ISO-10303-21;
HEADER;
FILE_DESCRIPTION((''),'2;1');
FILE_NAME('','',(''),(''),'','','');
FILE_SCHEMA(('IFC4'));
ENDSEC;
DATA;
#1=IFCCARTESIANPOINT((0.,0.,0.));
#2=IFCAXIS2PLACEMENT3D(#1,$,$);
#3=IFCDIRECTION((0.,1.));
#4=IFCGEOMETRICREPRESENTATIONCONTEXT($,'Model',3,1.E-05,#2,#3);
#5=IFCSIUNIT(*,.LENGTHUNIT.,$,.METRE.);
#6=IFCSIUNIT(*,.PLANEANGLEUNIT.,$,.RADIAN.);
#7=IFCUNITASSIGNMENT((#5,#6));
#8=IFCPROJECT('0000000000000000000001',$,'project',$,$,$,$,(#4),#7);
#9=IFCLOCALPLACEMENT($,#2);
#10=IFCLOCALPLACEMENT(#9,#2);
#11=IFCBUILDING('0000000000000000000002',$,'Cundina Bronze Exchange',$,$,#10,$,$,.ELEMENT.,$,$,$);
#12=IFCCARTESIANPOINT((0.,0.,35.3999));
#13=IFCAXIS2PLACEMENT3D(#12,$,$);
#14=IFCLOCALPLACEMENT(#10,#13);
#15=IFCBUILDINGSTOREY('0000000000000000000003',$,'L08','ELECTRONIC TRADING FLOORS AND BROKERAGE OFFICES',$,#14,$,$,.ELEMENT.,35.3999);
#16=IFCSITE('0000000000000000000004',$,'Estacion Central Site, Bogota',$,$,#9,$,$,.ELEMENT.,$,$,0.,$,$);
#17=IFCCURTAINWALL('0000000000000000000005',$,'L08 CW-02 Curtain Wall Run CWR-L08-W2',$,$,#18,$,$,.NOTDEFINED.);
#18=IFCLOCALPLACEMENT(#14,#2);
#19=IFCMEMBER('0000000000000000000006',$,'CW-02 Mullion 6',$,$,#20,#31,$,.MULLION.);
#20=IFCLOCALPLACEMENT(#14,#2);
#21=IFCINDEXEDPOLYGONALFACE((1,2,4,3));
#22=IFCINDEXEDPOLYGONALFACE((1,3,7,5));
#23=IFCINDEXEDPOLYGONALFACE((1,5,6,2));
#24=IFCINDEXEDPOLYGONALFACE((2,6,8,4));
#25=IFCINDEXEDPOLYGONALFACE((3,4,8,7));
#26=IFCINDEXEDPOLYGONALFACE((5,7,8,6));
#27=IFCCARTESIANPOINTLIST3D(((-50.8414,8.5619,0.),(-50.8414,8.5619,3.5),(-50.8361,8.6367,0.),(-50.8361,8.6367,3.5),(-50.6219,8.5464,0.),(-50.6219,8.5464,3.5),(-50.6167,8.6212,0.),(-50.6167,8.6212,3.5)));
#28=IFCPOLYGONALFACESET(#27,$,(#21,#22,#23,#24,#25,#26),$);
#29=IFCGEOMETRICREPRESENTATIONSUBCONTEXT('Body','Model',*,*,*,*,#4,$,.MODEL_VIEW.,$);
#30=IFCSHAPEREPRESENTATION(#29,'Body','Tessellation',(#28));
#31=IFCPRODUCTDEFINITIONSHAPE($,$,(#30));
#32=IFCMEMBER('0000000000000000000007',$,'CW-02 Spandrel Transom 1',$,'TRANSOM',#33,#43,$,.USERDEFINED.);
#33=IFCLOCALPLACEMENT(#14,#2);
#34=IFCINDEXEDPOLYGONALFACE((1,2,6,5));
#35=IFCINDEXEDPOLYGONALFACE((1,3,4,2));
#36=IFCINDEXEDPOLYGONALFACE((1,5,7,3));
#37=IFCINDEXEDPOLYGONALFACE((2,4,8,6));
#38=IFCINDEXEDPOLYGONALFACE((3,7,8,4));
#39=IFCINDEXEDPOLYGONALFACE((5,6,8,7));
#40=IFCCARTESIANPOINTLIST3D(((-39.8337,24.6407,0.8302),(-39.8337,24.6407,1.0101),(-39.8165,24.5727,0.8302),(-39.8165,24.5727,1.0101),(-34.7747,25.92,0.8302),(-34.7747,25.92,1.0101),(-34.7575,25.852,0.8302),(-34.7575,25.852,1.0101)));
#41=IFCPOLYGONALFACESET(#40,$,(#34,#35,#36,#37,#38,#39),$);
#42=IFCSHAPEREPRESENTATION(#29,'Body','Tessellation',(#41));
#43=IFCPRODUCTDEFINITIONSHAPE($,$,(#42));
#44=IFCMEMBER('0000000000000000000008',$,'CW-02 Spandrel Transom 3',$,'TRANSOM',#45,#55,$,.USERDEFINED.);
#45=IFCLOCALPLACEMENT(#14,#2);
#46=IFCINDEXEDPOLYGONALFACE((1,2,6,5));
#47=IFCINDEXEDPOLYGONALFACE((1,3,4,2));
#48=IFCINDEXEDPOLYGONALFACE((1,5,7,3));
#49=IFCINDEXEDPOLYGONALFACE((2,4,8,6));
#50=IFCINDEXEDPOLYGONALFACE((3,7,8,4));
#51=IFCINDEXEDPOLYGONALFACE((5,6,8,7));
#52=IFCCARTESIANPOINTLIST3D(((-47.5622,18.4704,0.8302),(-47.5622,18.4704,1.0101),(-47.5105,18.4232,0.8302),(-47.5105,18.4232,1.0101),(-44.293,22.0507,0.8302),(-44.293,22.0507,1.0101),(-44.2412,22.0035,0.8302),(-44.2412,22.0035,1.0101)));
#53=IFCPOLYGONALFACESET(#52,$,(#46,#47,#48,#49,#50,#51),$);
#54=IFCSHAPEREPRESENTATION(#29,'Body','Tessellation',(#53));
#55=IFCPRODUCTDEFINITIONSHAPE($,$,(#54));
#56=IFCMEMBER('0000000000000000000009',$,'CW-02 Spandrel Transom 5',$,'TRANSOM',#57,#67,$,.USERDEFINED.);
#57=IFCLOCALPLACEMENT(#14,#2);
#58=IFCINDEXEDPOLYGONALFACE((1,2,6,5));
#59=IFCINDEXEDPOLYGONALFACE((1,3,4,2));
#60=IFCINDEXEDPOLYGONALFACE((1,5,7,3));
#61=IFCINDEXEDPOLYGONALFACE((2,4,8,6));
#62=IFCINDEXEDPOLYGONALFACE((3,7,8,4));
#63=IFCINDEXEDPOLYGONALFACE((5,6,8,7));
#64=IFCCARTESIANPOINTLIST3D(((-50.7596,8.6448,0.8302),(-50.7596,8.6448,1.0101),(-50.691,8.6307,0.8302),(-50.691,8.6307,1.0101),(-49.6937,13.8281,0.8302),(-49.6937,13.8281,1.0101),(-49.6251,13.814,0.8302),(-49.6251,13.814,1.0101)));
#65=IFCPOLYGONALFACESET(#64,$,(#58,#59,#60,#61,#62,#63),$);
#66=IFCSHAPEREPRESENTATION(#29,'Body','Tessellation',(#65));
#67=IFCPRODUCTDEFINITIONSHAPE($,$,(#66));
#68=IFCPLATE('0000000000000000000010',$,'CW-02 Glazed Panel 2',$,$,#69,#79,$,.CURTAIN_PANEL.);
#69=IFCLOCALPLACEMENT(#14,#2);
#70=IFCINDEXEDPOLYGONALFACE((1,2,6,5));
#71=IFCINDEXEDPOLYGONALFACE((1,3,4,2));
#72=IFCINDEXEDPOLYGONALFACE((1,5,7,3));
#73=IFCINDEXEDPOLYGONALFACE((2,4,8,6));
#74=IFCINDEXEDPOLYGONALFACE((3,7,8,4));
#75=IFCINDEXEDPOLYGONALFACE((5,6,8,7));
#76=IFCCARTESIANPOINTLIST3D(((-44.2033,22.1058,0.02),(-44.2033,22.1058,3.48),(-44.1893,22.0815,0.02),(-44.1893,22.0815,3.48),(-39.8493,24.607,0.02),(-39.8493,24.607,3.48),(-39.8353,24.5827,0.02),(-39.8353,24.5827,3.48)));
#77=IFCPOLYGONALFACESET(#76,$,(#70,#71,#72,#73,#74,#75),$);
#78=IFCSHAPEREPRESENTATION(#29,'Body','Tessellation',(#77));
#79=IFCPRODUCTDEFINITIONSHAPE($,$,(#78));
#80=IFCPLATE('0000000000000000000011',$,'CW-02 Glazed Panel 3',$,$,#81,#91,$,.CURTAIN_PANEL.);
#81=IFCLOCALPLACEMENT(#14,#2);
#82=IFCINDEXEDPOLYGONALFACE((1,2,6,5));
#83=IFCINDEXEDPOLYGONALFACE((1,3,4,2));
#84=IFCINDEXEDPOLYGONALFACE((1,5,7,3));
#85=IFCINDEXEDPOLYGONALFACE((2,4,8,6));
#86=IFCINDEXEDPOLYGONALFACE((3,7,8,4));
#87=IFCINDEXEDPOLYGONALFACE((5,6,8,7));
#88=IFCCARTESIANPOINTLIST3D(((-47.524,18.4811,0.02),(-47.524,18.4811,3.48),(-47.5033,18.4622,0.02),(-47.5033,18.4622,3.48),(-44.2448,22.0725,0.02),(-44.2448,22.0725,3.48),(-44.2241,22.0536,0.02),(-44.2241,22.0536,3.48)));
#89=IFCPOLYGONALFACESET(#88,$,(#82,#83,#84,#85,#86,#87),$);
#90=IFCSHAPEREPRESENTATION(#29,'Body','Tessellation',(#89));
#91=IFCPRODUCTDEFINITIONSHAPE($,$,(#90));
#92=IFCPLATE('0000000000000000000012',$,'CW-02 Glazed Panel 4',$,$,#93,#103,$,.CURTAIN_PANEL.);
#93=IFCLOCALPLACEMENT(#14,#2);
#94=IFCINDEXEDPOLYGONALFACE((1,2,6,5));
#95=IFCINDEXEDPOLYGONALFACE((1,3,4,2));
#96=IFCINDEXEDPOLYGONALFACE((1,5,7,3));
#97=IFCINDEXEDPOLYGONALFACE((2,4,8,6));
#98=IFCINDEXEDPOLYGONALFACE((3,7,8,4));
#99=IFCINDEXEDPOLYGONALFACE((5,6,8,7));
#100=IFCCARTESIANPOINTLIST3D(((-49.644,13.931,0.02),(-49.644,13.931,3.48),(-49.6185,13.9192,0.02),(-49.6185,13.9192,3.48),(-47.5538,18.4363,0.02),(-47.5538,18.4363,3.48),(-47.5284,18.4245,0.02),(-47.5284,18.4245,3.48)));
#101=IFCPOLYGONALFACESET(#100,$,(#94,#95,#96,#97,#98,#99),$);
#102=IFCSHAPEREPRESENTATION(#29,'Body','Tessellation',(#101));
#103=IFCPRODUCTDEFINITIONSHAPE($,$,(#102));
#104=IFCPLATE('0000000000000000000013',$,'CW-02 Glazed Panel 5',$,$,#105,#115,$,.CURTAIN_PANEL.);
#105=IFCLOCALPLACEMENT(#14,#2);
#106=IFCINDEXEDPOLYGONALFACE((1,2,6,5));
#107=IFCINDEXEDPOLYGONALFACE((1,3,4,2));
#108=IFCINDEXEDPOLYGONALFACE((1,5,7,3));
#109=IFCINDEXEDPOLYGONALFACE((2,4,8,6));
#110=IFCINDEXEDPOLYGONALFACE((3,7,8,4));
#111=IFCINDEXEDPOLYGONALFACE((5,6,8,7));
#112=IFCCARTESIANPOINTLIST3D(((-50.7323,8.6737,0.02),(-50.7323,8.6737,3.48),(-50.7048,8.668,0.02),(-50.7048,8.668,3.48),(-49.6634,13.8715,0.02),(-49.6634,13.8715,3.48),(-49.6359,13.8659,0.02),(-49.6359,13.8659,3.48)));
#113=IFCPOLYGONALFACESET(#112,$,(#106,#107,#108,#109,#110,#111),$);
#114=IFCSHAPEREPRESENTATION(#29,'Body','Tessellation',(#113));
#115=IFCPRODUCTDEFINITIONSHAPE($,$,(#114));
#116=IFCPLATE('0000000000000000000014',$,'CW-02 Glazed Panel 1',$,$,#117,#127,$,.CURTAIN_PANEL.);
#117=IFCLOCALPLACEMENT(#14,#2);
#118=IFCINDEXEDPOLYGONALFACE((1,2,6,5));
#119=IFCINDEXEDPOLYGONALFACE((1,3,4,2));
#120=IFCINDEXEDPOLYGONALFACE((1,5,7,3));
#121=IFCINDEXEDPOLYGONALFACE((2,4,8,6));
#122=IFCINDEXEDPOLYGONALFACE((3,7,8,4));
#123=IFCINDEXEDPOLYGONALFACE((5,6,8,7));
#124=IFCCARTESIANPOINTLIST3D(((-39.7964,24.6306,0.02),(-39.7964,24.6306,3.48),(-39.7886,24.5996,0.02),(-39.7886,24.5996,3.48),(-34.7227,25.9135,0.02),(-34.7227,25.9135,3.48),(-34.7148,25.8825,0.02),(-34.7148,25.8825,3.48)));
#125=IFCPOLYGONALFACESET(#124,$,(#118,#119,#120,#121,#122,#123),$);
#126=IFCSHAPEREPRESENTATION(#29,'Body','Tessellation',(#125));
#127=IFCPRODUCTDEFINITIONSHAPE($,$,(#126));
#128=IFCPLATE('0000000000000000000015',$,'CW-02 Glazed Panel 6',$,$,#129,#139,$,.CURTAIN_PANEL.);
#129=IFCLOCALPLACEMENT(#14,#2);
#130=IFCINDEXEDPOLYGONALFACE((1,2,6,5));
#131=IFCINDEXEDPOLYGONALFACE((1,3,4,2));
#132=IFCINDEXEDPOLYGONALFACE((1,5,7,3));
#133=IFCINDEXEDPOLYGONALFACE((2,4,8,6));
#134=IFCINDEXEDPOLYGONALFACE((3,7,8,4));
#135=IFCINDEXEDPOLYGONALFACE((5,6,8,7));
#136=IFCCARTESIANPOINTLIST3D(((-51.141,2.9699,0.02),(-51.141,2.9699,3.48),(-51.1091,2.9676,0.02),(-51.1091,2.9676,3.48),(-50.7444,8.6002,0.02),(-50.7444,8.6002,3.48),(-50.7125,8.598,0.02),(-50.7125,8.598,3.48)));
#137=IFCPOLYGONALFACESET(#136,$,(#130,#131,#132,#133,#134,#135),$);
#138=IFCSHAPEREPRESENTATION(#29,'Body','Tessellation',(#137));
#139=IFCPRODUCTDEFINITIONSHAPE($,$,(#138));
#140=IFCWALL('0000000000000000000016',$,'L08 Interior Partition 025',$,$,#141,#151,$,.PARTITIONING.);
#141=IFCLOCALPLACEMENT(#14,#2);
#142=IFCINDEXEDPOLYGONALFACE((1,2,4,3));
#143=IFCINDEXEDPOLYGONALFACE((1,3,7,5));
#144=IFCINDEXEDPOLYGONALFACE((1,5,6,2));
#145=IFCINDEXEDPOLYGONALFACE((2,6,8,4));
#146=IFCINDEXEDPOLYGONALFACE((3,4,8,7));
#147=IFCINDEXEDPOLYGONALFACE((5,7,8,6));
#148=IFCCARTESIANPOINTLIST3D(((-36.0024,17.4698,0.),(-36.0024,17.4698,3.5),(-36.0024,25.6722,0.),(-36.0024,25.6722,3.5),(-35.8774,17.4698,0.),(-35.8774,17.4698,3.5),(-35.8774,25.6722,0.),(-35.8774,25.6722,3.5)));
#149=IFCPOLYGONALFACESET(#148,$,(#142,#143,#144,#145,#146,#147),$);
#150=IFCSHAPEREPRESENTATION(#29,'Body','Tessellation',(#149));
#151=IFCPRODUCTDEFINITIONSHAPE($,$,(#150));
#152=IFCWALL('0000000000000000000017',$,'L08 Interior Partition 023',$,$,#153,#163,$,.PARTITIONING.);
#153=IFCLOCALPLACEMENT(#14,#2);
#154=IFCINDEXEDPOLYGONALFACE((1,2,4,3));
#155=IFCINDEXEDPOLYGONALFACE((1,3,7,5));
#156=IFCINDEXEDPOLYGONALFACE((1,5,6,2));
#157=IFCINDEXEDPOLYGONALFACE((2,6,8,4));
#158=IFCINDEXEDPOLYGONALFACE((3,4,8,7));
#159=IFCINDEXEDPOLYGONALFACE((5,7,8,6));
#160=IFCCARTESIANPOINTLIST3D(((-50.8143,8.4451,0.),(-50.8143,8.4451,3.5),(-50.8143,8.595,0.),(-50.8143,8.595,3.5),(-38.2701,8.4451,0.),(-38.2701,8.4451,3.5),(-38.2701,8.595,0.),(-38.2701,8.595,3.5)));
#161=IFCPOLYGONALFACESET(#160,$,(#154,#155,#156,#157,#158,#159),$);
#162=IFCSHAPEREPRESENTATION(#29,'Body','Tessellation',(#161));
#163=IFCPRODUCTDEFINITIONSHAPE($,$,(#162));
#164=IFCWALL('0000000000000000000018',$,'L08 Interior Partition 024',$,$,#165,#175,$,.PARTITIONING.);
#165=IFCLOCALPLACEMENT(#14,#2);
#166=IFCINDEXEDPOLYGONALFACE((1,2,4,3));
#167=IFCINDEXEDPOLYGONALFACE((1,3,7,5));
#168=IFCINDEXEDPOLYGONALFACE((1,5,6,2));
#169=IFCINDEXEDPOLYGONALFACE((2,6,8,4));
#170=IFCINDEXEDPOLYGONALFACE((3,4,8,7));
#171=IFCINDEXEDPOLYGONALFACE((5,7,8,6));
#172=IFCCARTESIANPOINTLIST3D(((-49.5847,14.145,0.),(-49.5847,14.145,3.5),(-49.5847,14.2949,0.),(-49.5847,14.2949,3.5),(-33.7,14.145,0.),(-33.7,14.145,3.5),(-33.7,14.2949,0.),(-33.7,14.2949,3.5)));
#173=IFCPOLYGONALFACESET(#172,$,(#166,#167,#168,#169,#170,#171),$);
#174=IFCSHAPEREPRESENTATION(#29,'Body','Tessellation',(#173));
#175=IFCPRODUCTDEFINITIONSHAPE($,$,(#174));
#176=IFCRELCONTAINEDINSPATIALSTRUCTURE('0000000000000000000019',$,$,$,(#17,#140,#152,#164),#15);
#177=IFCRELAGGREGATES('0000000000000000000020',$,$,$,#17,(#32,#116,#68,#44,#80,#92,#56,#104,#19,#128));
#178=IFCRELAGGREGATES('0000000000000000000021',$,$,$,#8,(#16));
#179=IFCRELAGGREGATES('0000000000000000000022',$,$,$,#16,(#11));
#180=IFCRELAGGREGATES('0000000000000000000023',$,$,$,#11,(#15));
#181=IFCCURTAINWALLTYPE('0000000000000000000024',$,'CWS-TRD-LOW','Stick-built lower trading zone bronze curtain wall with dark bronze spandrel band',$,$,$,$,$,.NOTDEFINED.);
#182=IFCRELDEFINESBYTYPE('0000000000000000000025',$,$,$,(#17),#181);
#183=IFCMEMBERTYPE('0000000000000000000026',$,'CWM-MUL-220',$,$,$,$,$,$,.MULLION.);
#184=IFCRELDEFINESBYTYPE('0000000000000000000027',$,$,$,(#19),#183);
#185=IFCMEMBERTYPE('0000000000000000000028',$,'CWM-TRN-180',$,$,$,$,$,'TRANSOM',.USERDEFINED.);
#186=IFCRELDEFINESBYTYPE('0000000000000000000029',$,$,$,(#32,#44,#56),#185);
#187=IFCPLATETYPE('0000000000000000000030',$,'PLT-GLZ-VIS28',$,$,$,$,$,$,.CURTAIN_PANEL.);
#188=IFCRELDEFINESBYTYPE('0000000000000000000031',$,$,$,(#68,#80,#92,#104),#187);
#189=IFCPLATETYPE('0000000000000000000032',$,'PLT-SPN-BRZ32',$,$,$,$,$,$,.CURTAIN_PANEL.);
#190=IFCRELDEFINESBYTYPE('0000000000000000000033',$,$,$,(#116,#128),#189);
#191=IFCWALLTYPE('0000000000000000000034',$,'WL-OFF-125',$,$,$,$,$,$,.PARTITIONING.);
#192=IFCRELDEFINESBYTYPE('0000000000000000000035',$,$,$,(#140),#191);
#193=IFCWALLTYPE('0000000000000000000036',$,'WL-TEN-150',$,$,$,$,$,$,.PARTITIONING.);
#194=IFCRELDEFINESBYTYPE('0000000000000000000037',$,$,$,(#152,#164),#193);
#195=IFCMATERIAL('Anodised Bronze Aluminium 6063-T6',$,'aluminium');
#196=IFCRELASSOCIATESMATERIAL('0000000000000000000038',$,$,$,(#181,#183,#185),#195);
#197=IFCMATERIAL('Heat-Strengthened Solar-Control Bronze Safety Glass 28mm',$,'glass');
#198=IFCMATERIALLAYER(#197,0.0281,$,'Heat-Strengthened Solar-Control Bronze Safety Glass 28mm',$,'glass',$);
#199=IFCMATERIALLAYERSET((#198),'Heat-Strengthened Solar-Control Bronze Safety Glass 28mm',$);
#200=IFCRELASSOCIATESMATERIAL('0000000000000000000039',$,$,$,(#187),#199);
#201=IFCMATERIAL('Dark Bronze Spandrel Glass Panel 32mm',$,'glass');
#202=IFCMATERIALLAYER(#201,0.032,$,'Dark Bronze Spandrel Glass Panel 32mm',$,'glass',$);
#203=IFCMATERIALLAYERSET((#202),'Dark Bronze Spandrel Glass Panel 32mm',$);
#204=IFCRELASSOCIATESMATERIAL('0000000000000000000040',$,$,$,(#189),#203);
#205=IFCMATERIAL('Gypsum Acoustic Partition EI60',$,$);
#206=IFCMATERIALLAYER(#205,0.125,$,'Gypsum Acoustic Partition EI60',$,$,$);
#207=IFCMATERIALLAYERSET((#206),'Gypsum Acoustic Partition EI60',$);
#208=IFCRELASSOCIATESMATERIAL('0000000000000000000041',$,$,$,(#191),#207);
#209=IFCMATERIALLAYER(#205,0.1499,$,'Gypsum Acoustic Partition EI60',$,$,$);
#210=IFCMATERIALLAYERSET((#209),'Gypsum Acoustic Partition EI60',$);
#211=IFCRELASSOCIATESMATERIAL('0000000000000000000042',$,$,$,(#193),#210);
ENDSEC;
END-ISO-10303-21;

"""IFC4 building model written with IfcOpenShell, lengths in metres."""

from ifc_helpers import new_model, si_unit, direction, frame, frame_2d, origin, origin_2d, place, context, subcontext, project, spatial, rectangle, extrude, material, layer, layer_set, material_profile, profile_set, type_object, element, aggregate, save


model = new_model("IFC4")

# Units and contexts
model_context = context("Model", 3, precision=1e-05, world=origin(), true_north=direction((0.0, 1.0)))
body_context = subcontext(model_context, "Body", "Model", "MODEL_VIEW")
ifc_project = project(units=[si_unit("LENGTHUNIT", "METRE"), si_unit("PLANEANGLEUNIT", "RADIAN")], contexts=[model_context])

# Site, building, storey
site_placement = place(None, origin())
site = spatial("IfcSite", under=ifc_project, at=site_placement, Name="Estacion Central Site, Bogota", CompositionType="ELEMENT", RefElevation=0.0)
building_placement = place(site_placement, origin())
building = spatial("IfcBuilding", under=site, at=building_placement, Name="Cundina Bronze Exchange", CompositionType="ELEMENT")
storey_placement = place(building_placement, frame((0.0, 0.0, 35.3999)))
storey = spatial("IfcBuildingStorey", under=building, at=storey_placement, Name="L08", Description="ELECTRONIC TRADING FLOORS AND BROKERAGE OFFICES", CompositionType="ELEMENT", Elevation=35.3999)

# Curtain wall, members, plates
ifc_material_1 = material(Name="Anodised Bronze Aluminium 6063-T6", Category="aluminium")
curtain_wall_type = type_object("IfcCurtainWallType", Name="CWS-TRD-LOW", Description="Stick-built lower trading zone bronze curtain wall with dark bronze spandrel band", PredefinedType="NOTDEFINED", material=ifc_material_1)
curtain_wall_placement = place(storey_placement, origin())
curtain_wall = element("IfcCurtainWall", 1, at=curtain_wall_placement, inside=storey, type_object=curtain_wall_type, Name="L08 CW-02 Curtain Wall Run CWR-L08-W2", PredefinedType="NOTDEFINED")
ifc_material_profile_1 = material_profile(ifc_material_1, rectangle(XDim=0.075, YDim=0.22, at=origin_2d()), Name="AL75X220", Category="aluminium")
ifc_profile_set_1 = profile_set([ifc_material_profile_1], Name="Anodised Bronze Aluminium 6063-T6")
member_type_1 = type_object("IfcMemberType", Name="CWM-MUL-220", PredefinedType="MULLION", material=ifc_profile_set_1)
member_1_placement = place(storey_placement, frame((-50.729, 8.5916, 0.0), z_axis=(0.0, 0.0, 1.0), x_axis=(-0.070279, -0.997527, 0.0)))
member_1 = element("IfcMember", 2, at=member_1_placement, type_object=member_type_1, Name="CW-02 Mullion 6", PredefinedType="MULLION", context=body_context, shape_type="SweptSolid", body=[
    extrude(rectangle(XDim=0.075, YDim=0.22, at=origin_2d()), origin(), (0.0, 0.0, 1.0), 3.5),
])
ifc_material_profile_2 = material_profile(ifc_material_1, rectangle(XDim=0.0701, YDim=0.1799, at=origin_2d()), Name="AL70X180", Category="aluminium")
ifc_profile_set_2 = profile_set([ifc_material_profile_2], Name="Anodised Bronze Aluminium 6063-T6")
member_type_2 = type_object("IfcMemberType", Name="CWM-TRN-180", ElementType="TRANSOM", PredefinedType="USERDEFINED", material=ifc_profile_set_2)
member_2_placement = place(storey_placement, frame((-34.7661, 25.886, 0.9202), z_axis=(-0.969484, -0.245155, 0.0), x_axis=(0.245155, -0.969484, 0.0)))
member_2 = element("IfcMember", 3, at=member_2_placement, type_object=member_type_2, Name="CW-02 Spandrel Transom 1", ObjectType="TRANSOM", PredefinedType="USERDEFINED", context=body_context, shape_type="SweptSolid", body=[
    extrude(rectangle(XDim=0.0701, YDim=0.1799, at=origin_2d()), origin(), (0.0, 0.0, 1.0), 5.2183),
])
member_3_placement = place(storey_placement, frame((-44.2671, 22.0271, 0.9202), z_axis=(-0.674303, -0.738455, 0.0), x_axis=(0.738455, -0.674303, 0.0)))
member_3 = element("IfcMember", 4, at=member_3_placement, type_object=member_type_2, Name="CW-02 Spandrel Transom 3", ObjectType="TRANSOM", PredefinedType="USERDEFINED", context=body_context, shape_type="SweptSolid", body=[
    extrude(rectangle(XDim=0.0701, YDim=0.1799, at=origin_2d()), origin(), (0.0, 0.0, 1.0), 4.8484),
])
member_4_placement = place(storey_placement, frame((-49.6594, 13.821, 0.9202), z_axis=(-0.201428, -0.979503, 0.0), x_axis=(0.979503, -0.201428, 0.0)))
member_4 = element("IfcMember", 5, at=member_4_placement, type_object=member_type_2, Name="CW-02 Spandrel Transom 5", ObjectType="TRANSOM", PredefinedType="USERDEFINED", context=body_context, shape_type="SweptSolid", body=[
    extrude(rectangle(XDim=0.0701, YDim=0.1799, at=origin_2d()), origin(), (0.0, 0.0, 1.0), 5.2917),
])
ifc_material_2 = material(Name="Heat-Strengthened Solar-Control Bronze Safety Glass 28mm", Category="glass")
ifc_layer_1 = layer(ifc_material_2, 0.0281, Name="Heat-Strengthened Solar-Control Bronze Safety Glass 28mm", Category="glass")
ifc_layer_set_1 = layer_set([ifc_layer_1], Name="Heat-Strengthened Solar-Control Bronze Safety Glass 28mm")
plate_type_1 = type_object("IfcPlateType", Name="PLT-GLZ-VIS28", PredefinedType="CURTAIN_PANEL", material=ifc_layer_set_1)
plate_1_placement = place(storey_placement, frame((-42.0193, 23.3442, 0.02), z_axis=(0.0, 0.0, 1.0), x_axis=(-0.867105, -0.498125, 0.0)))
plate_1 = element("IfcPlate", 6, at=plate_1_placement, type_object=plate_type_1, Name="CW-02 Glazed Panel 2", PredefinedType="CURTAIN_PANEL", context=body_context, shape_type="SweptSolid", body=[
    extrude(rectangle(XDim=5.0212, YDim=0.0281, at=origin_2d()), origin(), (0.0, 0.0, 1.0), 3.46),
])
plate_2_placement = place(storey_placement, frame((-45.874, 20.2673, 0.02), z_axis=(0.0, 0.0, 1.0), x_axis=(-0.674277, -0.738479, 0.0)))
plate_2 = element("IfcPlate", 7, at=plate_2_placement, type_object=plate_type_1, Name="CW-02 Glazed Panel 3", PredefinedType="CURTAIN_PANEL", context=body_context, shape_type="SweptSolid", body=[
    extrude(rectangle(XDim=4.8633, YDim=0.0281, at=origin_2d()), origin(), (0.0, 0.0, 1.0), 3.46),
])
plate_3_placement = place(storey_placement, frame((-48.5862, 16.1777, 0.02), z_axis=(0.0, 0.0, 1.0), x_axis=(-0.420846, -0.907132, 0.0)))
plate_3 = element("IfcPlate", 8, at=plate_3_placement, type_object=plate_type_1, Name="CW-02 Glazed Panel 4", PredefinedType="CURTAIN_PANEL", context=body_context, shape_type="SweptSolid", body=[
    extrude(rectangle(XDim=4.9666, YDim=0.0281, at=origin_2d()), origin(), (0.0, 0.0, 1.0), 3.46),
])
plate_4_placement = place(storey_placement, frame((-50.1841, 11.2698, 0.02), z_axis=(0.0, 0.0, 1.0), x_axis=(-0.20142, -0.979505, 0.0)))
plate_4 = element("IfcPlate", 9, at=plate_4_placement, type_object=plate_type_1, Name="CW-02 Glazed Panel 5", PredefinedType="CURTAIN_PANEL", context=body_context, shape_type="SweptSolid", body=[
    extrude(rectangle(XDim=5.3066, YDim=0.0281, at=origin_2d()), origin(), (0.0, 0.0, 1.0), 3.46),
])
ifc_material_3 = material(Name="Dark Bronze Spandrel Glass Panel 32mm", Category="glass")
ifc_layer_2 = layer(ifc_material_3, 0.032, Name="Dark Bronze Spandrel Glass Panel 32mm", Category="glass")
ifc_layer_set_2 = layer_set([ifc_layer_2], Name="Dark Bronze Spandrel Glass Panel 32mm")
plate_type_2 = type_object("IfcPlateType", Name="PLT-SPN-BRZ32", PredefinedType="CURTAIN_PANEL", material=ifc_layer_set_2)
plate_5_placement = place(storey_placement, frame((-37.2556, 25.2566, 0.02), z_axis=(0.0, 0.0, 1.0), x_axis=(-0.969488, -0.245138, 0.0)))
plate_5 = element("IfcPlate", 10, at=plate_5_placement, type_object=plate_type_2, Name="CW-02 Glazed Panel 1", PredefinedType="CURTAIN_PANEL", context=body_context, shape_type="SweptSolid", body=[
    extrude(rectangle(XDim=5.2334, YDim=0.032, at=origin_2d()), origin(), (0.0, 0.0, 1.0), 3.46),
])
plate_6_placement = place(storey_placement, frame((-50.9268, 5.7839, 0.02), z_axis=(0.0, 0.0, 1.0), x_axis=(-0.070279, -0.997527, 0.0)))
plate_6 = element("IfcPlate", 11, at=plate_6_placement, type_object=plate_type_2, Name="CW-02 Glazed Panel 6", PredefinedType="CURTAIN_PANEL", context=body_context, shape_type="SweptSolid", body=[
    extrude(rectangle(XDim=5.6443, YDim=0.032, at=origin_2d()), origin(), (0.0, 0.0, 1.0), 3.46),
])
aggregate(curtain_wall, [member_2, plate_5, plate_1, member_3, plate_2, plate_3, member_4, plate_4, member_1, plate_6])

# Walls
ifc_material_4 = material(Name="Gypsum Acoustic Partition EI60")
ifc_layer_3 = layer(ifc_material_4, 0.125, Name="Gypsum Acoustic Partition EI60")
ifc_layer_set_3 = layer_set([ifc_layer_3], Name="Gypsum Acoustic Partition EI60")
wall_type_1 = type_object("IfcWallType", Name="WL-OFF-125", PredefinedType="PARTITIONING", material=ifc_layer_set_3)
wall_1_placement = place(storey_placement, frame((-35.9399, 17.47, 0.0), z_axis=(0.0, 0.0, 1.0), x_axis=(0.0, 1.0, 0.0)))
element("IfcWall", 12, at=wall_1_placement, inside=storey, type_object=wall_type_1, Name="L08 Interior Partition 025", PredefinedType="PARTITIONING", context=body_context, shape_type="SweptSolid", body=[
    extrude(rectangle(XDim=8.2024, YDim=0.125, at=frame_2d((4.1011, 0.0))), origin(), (0.0, 0.0, 1.0), 3.5),
])
ifc_layer_4 = layer(ifc_material_4, 0.1499, Name="Gypsum Acoustic Partition EI60")
ifc_layer_set_4 = layer_set([ifc_layer_4], Name="Gypsum Acoustic Partition EI60")
wall_type_2 = type_object("IfcWallType", Name="WL-TEN-150", PredefinedType="PARTITIONING", material=ifc_layer_set_4)
wall_2_placement = place(storey_placement, frame((-50.8142, 8.52, 0.0), z_axis=(0.0, 0.0, 1.0), x_axis=(1.0, 0.0, 0.0)))
element("IfcWall", 13, at=wall_2_placement, inside=storey, type_object=wall_type_2, Name="L08 Interior Partition 023", PredefinedType="PARTITIONING", context=body_context, shape_type="SweptSolid", body=[
    extrude(rectangle(XDim=12.5442, YDim=0.1499, at=frame_2d((6.272, 0.0))), origin(), (0.0, 0.0, 1.0), 3.5),
])
wall_3_placement = place(storey_placement, frame((-49.5847, 14.22, 0.0), z_axis=(0.0, 0.0, 1.0), x_axis=(1.0, 0.0, 0.0)))
element("IfcWall", 14, at=wall_3_placement, inside=storey, type_object=wall_type_2, Name="L08 Interior Partition 024", PredefinedType="PARTITIONING", context=body_context, shape_type="SweptSolid", body=[
    extrude(rectangle(XDim=15.8848, YDim=0.1499, at=frame_2d((7.9424, 0.0))), origin(), (0.0, 0.0, 1.0), 3.5),
])

save(model, "model.ifc")
